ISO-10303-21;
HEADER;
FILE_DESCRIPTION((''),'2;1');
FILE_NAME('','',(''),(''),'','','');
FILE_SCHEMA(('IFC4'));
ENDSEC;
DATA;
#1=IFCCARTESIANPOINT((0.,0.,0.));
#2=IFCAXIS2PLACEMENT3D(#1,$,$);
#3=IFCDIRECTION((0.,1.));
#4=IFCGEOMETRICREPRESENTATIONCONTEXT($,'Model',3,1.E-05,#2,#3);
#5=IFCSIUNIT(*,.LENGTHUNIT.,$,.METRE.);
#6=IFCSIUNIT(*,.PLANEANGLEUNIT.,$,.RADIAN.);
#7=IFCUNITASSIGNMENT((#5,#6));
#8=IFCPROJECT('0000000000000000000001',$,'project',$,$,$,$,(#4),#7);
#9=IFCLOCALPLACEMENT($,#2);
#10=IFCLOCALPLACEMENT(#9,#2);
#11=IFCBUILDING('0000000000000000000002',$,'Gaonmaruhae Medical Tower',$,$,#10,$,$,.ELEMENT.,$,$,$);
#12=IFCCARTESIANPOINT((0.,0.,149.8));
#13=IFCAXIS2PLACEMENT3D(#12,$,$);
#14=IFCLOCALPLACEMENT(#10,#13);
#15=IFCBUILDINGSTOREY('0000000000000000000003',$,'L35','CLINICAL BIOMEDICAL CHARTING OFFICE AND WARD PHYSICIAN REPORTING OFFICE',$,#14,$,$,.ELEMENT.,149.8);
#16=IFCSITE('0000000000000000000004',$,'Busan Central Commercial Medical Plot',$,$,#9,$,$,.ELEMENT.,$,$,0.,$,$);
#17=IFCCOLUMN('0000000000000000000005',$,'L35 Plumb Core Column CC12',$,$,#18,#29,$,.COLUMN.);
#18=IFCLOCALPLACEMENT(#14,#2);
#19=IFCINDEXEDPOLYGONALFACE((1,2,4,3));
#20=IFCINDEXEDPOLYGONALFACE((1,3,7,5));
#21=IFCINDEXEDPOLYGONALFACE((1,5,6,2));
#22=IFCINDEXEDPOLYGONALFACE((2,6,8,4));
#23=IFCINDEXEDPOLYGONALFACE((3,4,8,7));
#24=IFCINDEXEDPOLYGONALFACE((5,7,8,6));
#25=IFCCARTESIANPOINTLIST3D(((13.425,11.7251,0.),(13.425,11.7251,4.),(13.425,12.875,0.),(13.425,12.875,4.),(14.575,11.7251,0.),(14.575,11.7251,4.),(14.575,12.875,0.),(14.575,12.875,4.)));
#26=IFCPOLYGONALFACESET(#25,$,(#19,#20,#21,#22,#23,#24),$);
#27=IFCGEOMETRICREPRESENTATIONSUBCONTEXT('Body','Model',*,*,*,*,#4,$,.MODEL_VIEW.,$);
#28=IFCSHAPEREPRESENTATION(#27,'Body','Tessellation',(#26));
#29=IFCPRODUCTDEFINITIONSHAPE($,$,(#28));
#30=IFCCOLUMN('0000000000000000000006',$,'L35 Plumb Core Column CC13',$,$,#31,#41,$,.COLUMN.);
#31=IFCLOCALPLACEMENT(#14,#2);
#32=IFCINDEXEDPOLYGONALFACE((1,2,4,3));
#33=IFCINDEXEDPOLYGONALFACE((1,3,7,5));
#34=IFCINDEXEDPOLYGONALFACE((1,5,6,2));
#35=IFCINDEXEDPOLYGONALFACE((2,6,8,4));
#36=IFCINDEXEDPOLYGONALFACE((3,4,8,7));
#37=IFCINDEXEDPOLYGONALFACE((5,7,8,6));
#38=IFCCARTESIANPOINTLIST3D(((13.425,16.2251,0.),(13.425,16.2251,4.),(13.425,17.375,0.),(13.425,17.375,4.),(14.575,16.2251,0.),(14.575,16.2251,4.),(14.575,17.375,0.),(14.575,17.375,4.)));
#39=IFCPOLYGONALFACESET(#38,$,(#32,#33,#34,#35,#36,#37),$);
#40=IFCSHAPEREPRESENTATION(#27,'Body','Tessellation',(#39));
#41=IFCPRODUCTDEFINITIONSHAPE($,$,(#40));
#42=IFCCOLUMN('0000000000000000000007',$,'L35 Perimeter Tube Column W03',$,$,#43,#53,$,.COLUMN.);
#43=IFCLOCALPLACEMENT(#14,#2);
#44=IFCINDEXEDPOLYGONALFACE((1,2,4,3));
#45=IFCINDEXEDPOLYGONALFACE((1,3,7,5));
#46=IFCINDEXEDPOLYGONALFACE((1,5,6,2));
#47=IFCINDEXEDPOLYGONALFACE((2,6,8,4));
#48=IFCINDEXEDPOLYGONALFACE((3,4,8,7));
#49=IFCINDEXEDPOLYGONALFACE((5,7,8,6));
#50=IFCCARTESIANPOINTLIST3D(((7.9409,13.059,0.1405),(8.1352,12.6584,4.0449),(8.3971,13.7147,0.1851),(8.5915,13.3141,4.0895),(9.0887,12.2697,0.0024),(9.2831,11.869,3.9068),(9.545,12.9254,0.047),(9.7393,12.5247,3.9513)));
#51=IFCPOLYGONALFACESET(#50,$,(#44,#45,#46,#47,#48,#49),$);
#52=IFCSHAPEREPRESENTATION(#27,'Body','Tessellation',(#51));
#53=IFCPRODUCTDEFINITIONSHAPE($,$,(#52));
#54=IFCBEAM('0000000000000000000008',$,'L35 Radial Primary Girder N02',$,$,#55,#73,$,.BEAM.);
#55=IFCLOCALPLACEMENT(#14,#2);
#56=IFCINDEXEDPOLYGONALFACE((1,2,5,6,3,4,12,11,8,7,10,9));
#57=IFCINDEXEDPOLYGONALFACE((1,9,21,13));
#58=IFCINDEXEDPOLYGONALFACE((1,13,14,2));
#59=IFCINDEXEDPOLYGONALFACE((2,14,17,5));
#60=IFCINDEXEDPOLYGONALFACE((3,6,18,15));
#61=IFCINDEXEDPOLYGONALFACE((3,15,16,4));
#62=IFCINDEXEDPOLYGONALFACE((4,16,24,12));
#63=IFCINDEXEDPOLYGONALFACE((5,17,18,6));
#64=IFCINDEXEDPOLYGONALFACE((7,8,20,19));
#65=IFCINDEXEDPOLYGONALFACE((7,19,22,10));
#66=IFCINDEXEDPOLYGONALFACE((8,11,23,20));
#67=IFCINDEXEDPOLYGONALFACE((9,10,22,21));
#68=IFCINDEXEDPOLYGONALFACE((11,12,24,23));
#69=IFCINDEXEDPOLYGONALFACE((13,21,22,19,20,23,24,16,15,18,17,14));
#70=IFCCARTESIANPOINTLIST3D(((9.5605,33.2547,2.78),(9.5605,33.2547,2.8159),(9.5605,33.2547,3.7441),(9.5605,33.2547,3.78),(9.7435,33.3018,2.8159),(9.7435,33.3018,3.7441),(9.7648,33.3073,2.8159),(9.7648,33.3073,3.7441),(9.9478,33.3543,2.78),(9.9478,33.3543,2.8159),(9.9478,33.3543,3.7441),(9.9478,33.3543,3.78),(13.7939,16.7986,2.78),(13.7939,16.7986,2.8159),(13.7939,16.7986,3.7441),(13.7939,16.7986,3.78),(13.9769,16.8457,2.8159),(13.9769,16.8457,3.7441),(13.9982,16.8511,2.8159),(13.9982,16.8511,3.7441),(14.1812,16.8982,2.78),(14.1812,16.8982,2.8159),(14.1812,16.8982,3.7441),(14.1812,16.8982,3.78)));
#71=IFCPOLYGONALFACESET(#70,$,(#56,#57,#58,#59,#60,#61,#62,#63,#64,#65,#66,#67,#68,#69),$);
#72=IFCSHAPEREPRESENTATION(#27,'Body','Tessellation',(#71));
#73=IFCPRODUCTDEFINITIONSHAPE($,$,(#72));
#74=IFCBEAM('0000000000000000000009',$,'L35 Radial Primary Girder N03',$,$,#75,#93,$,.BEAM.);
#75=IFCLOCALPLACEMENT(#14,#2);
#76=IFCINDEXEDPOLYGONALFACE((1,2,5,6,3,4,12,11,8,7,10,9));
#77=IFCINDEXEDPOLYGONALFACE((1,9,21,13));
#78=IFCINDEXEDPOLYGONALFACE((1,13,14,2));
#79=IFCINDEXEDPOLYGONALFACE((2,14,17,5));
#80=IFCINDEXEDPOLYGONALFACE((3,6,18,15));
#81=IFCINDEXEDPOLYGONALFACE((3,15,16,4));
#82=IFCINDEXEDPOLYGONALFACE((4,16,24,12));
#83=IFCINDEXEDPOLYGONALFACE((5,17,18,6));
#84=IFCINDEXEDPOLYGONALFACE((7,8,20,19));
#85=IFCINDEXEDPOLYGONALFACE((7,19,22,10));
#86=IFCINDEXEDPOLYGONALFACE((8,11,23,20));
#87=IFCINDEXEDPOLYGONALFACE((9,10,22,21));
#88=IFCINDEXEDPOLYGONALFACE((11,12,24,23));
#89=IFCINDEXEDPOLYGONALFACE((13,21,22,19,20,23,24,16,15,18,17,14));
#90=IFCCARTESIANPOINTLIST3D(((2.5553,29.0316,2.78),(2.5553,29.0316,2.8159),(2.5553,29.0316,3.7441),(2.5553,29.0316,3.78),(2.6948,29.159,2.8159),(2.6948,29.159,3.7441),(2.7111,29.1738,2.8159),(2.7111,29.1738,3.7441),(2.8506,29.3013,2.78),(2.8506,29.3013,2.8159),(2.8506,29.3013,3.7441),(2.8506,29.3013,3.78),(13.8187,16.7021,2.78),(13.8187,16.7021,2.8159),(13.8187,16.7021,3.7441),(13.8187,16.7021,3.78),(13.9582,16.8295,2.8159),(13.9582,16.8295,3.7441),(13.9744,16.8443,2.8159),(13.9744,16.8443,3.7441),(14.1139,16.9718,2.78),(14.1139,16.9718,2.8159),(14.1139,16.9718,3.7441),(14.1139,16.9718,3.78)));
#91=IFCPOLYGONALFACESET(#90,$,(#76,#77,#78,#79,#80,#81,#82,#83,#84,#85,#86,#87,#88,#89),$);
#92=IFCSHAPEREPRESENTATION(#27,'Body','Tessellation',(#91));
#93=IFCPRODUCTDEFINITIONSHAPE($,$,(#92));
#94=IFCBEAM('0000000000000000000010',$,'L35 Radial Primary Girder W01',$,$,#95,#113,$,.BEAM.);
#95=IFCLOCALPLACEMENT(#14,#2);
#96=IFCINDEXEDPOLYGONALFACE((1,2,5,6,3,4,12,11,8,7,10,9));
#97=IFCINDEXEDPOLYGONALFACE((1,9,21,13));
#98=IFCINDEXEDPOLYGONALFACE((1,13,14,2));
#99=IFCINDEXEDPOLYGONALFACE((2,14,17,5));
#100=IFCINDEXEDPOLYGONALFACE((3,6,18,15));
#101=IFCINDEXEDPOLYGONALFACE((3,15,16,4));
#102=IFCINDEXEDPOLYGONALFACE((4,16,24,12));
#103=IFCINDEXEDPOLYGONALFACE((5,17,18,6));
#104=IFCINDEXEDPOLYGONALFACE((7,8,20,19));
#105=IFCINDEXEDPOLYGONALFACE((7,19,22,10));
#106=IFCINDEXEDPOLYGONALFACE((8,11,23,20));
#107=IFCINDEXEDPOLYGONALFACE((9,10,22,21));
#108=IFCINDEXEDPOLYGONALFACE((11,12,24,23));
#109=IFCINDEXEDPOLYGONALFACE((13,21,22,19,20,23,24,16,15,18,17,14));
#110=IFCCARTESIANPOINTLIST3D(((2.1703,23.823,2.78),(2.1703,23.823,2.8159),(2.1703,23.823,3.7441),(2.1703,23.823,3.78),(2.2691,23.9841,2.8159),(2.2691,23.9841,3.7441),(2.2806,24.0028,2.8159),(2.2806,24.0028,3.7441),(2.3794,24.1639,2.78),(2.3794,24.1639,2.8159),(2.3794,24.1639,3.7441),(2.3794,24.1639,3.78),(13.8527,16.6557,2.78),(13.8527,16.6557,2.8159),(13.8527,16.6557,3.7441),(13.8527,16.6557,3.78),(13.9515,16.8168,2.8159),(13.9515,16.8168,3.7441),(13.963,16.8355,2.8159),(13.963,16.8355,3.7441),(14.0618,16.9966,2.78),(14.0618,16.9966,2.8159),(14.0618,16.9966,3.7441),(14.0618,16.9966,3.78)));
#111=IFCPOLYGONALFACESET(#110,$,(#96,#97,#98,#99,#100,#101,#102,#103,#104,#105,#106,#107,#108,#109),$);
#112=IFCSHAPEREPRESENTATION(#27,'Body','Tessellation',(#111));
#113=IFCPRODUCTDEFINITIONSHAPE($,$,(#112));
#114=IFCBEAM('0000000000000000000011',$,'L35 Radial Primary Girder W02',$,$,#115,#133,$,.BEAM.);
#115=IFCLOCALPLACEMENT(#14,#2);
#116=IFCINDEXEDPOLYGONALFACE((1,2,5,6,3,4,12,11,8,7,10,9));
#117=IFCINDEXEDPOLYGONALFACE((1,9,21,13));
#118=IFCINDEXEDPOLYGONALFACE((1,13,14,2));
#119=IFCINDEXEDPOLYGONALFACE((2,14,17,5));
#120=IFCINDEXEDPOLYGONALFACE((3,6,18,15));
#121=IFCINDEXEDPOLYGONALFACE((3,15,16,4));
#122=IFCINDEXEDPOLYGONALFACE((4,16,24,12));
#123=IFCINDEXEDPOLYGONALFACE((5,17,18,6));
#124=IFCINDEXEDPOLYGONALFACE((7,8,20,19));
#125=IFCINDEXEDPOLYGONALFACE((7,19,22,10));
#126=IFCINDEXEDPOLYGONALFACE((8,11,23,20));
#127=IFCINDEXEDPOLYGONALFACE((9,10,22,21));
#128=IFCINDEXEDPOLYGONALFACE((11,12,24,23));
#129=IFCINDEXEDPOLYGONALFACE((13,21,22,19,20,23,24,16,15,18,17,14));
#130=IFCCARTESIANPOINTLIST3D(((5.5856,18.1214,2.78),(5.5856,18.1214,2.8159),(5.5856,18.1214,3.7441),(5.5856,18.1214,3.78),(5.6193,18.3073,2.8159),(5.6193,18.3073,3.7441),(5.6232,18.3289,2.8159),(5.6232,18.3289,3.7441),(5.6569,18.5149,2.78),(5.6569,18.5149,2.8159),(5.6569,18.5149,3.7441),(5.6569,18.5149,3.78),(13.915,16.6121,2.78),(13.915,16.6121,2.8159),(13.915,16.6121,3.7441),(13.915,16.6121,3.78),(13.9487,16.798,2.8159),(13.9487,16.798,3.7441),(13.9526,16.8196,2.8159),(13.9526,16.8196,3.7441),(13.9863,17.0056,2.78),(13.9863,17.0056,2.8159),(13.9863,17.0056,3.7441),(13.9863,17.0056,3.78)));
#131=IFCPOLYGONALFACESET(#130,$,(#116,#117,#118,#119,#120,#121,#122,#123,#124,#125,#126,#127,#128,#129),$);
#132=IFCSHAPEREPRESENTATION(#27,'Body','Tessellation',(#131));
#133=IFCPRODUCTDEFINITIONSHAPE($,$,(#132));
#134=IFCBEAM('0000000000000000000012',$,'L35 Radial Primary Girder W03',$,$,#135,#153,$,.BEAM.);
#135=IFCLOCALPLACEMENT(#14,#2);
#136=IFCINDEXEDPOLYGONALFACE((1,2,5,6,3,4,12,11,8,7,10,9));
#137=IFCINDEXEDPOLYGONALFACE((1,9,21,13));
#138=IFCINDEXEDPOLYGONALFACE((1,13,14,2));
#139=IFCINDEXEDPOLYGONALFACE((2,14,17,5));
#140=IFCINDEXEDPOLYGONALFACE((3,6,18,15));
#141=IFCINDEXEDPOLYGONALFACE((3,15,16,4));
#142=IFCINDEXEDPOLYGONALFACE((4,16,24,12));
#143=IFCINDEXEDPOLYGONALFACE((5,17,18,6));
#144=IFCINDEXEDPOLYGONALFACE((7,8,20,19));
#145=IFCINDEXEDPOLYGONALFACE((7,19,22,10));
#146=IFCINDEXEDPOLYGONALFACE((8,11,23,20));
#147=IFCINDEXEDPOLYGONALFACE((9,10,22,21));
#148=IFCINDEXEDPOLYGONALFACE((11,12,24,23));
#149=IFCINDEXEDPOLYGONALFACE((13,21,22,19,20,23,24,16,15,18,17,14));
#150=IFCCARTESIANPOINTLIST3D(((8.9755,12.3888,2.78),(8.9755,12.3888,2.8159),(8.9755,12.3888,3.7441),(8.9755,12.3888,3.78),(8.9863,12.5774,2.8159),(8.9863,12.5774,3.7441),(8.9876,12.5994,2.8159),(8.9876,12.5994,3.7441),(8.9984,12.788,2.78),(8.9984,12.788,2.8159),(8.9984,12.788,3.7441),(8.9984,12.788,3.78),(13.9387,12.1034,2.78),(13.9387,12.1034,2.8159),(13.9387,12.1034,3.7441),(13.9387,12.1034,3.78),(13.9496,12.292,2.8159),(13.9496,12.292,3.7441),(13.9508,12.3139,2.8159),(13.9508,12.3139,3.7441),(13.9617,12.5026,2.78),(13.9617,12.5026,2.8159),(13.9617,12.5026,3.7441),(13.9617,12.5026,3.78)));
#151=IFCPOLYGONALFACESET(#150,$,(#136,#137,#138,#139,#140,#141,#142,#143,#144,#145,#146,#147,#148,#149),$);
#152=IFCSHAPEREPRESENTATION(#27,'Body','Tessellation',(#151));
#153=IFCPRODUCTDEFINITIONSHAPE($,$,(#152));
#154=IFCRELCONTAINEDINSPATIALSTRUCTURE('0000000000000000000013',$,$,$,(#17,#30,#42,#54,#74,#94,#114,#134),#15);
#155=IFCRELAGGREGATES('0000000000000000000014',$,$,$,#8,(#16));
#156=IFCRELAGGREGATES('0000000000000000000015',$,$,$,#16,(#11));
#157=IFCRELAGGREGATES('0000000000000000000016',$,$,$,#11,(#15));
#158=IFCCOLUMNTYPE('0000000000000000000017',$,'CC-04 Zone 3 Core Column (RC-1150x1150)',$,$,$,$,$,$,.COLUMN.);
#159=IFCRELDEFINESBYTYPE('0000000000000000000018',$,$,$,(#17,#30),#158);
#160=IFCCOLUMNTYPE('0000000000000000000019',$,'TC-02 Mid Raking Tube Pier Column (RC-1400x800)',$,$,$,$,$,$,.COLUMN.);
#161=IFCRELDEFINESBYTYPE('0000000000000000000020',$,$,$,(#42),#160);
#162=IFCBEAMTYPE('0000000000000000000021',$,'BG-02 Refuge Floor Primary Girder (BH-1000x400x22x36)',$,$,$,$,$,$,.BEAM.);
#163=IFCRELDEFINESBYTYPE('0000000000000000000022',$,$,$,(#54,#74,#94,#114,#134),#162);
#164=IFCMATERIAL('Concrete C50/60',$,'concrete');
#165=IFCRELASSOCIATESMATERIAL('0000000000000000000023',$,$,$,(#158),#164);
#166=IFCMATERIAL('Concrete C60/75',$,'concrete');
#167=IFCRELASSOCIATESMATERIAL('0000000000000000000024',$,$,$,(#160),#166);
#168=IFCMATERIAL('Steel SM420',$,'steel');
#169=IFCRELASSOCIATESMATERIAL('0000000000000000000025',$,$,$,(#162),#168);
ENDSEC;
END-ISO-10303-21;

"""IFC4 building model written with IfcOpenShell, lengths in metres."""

from ifc_helpers import new_model, si_unit, direction, frame, origin, origin_2d, place, context, subcontext, project, spatial, rectangle, i_section, extrude, material, material_profile, profile_set, type_object, element, save


model = new_model("IFC4")

# Units and contexts
model_context = context("Model", 3, precision=1e-05, world=origin(), true_north=direction((0.0, 1.0)))
body_context = subcontext(model_context, "Body", "Model", "MODEL_VIEW")
ifc_project = project(units=[si_unit("LENGTHUNIT", "METRE"), si_unit("PLANEANGLEUNIT", "RADIAN")], contexts=[model_context])

# Site, building, storey
site_placement = place(None, origin())
site = spatial("IfcSite", under=ifc_project, at=site_placement, Name="Busan Central Commercial Medical Plot", CompositionType="ELEMENT", RefElevation=0.0)
building_placement = place(site_placement, origin())
building = spatial("IfcBuilding", under=site, at=building_placement, Name="Gaonmaruhae Medical Tower", CompositionType="ELEMENT")
storey_placement = place(building_placement, frame((0.0, 0.0, 149.8)))
storey = spatial("IfcBuildingStorey", under=building, at=storey_placement, Name="L35", Description="CLINICAL BIOMEDICAL CHARTING OFFICE AND WARD PHYSICIAN REPORTING OFFICE", CompositionType="ELEMENT", Elevation=149.8)

# Columns
ifc_material_1 = material(Name="Concrete C50/60", Category="concrete")
ifc_material_profile_1 = material_profile(ifc_material_1, rectangle(XDim=1.1499, YDim=1.1499, at=origin_2d()), Name="RC-1150x1150")
ifc_profile_set_1 = profile_set([ifc_material_profile_1], Name="Concrete C50/60")
column_type_1 = type_object("IfcColumnType", Name="CC-04 Zone 3 Core Column (RC-1150x1150)", PredefinedType="COLUMN", material=ifc_profile_set_1)
for number, where, z_axis, x_axis, name in (
    (1, (14.0, 12.3, 0.0), (0.0, 0.0, 1.0), (1.0, 0.0, 0.0), "L35 Plumb Core Column CC12"),
    (2, (14.0, 16.8, 0.0), (0.0, 0.0, 1.0), (1.0, 0.0, 0.0), "L35 Plumb Core Column CC13"),
):
    element("IfcColumn", number, at=place(storey_placement, frame(where, z_axis=z_axis, x_axis=x_axis)), inside=storey, type_object=column_type_1, Name=name, PredefinedType="COLUMN", context=body_context, shape_type="SweptSolid", body=[
        extrude(rectangle(XDim=1.1499, YDim=1.1499, at=origin_2d()), origin(), (0.0, 0.0, 1.0), 4.0),
    ])
ifc_material_2 = material(Name="Concrete C60/75", Category="concrete")
ifc_material_profile_2 = material_profile(ifc_material_2, rectangle(XDim=1.3999, YDim=0.8, at=origin_2d()), Name="RC-1400x800")
ifc_profile_set_2 = profile_set([ifc_material_profile_2], Name="Concrete C60/75")
column_type_2 = type_object("IfcColumnType", Name="TC-02 Mid Raking Tube Pier Column (RC-1400x800)", PredefinedType="COLUMN", material=ifc_profile_set_2)
column_placement = place(storey_placement, frame((8.7429, 12.9922, 0.0938), z_axis=(0.049454, -0.101953, 0.993559), x_axis=(-0.819961, 0.563851, 0.098672)))
element("IfcColumn", 3, at=column_placement, inside=storey, type_object=column_type_2, Name="L35 Perimeter Tube Column W03", PredefinedType="COLUMN", context=body_context, shape_type="SweptSolid", body=[
    extrude(rectangle(XDim=1.3999, YDim=0.8, at=origin_2d()), origin(), (0.0, 0.0, 1.0), 3.9297),
])

# Beams
ifc_material_3 = material(Name="Steel SM420", Category="steel")
ifc_material_profile_3 = material_profile(ifc_material_3, i_section(OverallWidth=0.3999, OverallDepth=1.0, WebThickness=0.022, FlangeThickness=0.0359, at=origin_2d()), Name="BH-1000x400x22x36")
ifc_profile_set_3 = profile_set([ifc_material_profile_3], Name="Steel SM420")
beam_type_1 = type_object("IfcBeamType", Name="BG-02 Refuge Floor Primary Girder (BH-1000x400x22x36)", PredefinedType="BEAM", material=ifc_profile_set_3)
beam_1_placement = place(storey_placement, frame((13.9875, 16.8484, 3.28), z_axis=(-0.249143, 0.968467, 0.0), x_axis=(-0.968467, -0.249143, 0.0)))
element("IfcBeam", 4, at=beam_1_placement, inside=storey, type_object=beam_type_1, Name="L35 Radial Primary Girder N02", PredefinedType="BEAM", context=body_context, shape_type="SweptSolid", body=[
    extrude(i_section(OverallWidth=0.3999, OverallDepth=1.0, WebThickness=0.022, FlangeThickness=0.0359, at=origin_2d()), origin(), (0.0, 0.0, 1.0), 16.9919),
])
beam_2_placement = place(storey_placement, frame((13.9663, 16.8369, 3.28), z_axis=(-0.674465, 0.738307, 0.0), x_axis=(-0.738307, -0.674465, 0.0)))
element("IfcBeam", 5, at=beam_2_placement, inside=storey, type_object=beam_type_1, Name="L35 Radial Primary Girder N03", PredefinedType="BEAM", context=body_context, shape_type="SweptSolid", body=[
    extrude(i_section(OverallWidth=0.3999, OverallDepth=1.0, WebThickness=0.022, FlangeThickness=0.0359, at=origin_2d()), origin(), (0.0, 0.0, 1.0), 16.6997),
])
beam_3_placement = place(storey_placement, frame((13.9573, 16.8262, 3.28), z_axis=(-0.852371, 0.522937, 0.0), x_axis=(-0.522937, -0.852371, 0.0)))
element("IfcBeam", 6, at=beam_3_placement, inside=storey, type_object=beam_type_1, Name="L35 Radial Primary Girder W01", PredefinedType="BEAM", context=body_context, shape_type="SweptSolid", body=[
    extrude(i_section(OverallWidth=0.3999, OverallDepth=1.0, WebThickness=0.022, FlangeThickness=0.0359, at=origin_2d()), origin(), (0.0, 0.0, 1.0), 13.7058),
])
beam_4_placement = place(storey_placement, frame((13.9507, 16.8088, 3.28), z_axis=(-0.983977, 0.178297, 0.0), x_axis=(-0.178297, -0.983977, 0.0)))
element("IfcBeam", 7, at=beam_4_placement, inside=storey, type_object=beam_type_1, Name="L35 Radial Primary Girder W02", PredefinedType="BEAM", context=body_context, shape_type="SweptSolid", body=[
    extrude(i_section(OverallWidth=0.3999, OverallDepth=1.0, WebThickness=0.022, FlangeThickness=0.0359, at=origin_2d()), origin(), (0.0, 0.0, 1.0), 8.4651),
])
beam_5_placement = place(storey_placement, frame((13.9502, 12.303, 3.28), z_axis=(-0.998351, 0.057409, 0.0), x_axis=(-0.057409, -0.998351, 0.0)))
element("IfcBeam", 8, at=beam_5_placement, inside=storey, type_object=beam_type_1, Name="L35 Radial Primary Girder W03", PredefinedType="BEAM", context=body_context, shape_type="SweptSolid", body=[
    extrude(i_section(OverallWidth=0.3999, OverallDepth=1.0, WebThickness=0.022, FlangeThickness=0.0359, at=origin_2d()), origin(), (0.0, 0.0, 1.0), 4.9714),
])

save(model, "model.ifc")
